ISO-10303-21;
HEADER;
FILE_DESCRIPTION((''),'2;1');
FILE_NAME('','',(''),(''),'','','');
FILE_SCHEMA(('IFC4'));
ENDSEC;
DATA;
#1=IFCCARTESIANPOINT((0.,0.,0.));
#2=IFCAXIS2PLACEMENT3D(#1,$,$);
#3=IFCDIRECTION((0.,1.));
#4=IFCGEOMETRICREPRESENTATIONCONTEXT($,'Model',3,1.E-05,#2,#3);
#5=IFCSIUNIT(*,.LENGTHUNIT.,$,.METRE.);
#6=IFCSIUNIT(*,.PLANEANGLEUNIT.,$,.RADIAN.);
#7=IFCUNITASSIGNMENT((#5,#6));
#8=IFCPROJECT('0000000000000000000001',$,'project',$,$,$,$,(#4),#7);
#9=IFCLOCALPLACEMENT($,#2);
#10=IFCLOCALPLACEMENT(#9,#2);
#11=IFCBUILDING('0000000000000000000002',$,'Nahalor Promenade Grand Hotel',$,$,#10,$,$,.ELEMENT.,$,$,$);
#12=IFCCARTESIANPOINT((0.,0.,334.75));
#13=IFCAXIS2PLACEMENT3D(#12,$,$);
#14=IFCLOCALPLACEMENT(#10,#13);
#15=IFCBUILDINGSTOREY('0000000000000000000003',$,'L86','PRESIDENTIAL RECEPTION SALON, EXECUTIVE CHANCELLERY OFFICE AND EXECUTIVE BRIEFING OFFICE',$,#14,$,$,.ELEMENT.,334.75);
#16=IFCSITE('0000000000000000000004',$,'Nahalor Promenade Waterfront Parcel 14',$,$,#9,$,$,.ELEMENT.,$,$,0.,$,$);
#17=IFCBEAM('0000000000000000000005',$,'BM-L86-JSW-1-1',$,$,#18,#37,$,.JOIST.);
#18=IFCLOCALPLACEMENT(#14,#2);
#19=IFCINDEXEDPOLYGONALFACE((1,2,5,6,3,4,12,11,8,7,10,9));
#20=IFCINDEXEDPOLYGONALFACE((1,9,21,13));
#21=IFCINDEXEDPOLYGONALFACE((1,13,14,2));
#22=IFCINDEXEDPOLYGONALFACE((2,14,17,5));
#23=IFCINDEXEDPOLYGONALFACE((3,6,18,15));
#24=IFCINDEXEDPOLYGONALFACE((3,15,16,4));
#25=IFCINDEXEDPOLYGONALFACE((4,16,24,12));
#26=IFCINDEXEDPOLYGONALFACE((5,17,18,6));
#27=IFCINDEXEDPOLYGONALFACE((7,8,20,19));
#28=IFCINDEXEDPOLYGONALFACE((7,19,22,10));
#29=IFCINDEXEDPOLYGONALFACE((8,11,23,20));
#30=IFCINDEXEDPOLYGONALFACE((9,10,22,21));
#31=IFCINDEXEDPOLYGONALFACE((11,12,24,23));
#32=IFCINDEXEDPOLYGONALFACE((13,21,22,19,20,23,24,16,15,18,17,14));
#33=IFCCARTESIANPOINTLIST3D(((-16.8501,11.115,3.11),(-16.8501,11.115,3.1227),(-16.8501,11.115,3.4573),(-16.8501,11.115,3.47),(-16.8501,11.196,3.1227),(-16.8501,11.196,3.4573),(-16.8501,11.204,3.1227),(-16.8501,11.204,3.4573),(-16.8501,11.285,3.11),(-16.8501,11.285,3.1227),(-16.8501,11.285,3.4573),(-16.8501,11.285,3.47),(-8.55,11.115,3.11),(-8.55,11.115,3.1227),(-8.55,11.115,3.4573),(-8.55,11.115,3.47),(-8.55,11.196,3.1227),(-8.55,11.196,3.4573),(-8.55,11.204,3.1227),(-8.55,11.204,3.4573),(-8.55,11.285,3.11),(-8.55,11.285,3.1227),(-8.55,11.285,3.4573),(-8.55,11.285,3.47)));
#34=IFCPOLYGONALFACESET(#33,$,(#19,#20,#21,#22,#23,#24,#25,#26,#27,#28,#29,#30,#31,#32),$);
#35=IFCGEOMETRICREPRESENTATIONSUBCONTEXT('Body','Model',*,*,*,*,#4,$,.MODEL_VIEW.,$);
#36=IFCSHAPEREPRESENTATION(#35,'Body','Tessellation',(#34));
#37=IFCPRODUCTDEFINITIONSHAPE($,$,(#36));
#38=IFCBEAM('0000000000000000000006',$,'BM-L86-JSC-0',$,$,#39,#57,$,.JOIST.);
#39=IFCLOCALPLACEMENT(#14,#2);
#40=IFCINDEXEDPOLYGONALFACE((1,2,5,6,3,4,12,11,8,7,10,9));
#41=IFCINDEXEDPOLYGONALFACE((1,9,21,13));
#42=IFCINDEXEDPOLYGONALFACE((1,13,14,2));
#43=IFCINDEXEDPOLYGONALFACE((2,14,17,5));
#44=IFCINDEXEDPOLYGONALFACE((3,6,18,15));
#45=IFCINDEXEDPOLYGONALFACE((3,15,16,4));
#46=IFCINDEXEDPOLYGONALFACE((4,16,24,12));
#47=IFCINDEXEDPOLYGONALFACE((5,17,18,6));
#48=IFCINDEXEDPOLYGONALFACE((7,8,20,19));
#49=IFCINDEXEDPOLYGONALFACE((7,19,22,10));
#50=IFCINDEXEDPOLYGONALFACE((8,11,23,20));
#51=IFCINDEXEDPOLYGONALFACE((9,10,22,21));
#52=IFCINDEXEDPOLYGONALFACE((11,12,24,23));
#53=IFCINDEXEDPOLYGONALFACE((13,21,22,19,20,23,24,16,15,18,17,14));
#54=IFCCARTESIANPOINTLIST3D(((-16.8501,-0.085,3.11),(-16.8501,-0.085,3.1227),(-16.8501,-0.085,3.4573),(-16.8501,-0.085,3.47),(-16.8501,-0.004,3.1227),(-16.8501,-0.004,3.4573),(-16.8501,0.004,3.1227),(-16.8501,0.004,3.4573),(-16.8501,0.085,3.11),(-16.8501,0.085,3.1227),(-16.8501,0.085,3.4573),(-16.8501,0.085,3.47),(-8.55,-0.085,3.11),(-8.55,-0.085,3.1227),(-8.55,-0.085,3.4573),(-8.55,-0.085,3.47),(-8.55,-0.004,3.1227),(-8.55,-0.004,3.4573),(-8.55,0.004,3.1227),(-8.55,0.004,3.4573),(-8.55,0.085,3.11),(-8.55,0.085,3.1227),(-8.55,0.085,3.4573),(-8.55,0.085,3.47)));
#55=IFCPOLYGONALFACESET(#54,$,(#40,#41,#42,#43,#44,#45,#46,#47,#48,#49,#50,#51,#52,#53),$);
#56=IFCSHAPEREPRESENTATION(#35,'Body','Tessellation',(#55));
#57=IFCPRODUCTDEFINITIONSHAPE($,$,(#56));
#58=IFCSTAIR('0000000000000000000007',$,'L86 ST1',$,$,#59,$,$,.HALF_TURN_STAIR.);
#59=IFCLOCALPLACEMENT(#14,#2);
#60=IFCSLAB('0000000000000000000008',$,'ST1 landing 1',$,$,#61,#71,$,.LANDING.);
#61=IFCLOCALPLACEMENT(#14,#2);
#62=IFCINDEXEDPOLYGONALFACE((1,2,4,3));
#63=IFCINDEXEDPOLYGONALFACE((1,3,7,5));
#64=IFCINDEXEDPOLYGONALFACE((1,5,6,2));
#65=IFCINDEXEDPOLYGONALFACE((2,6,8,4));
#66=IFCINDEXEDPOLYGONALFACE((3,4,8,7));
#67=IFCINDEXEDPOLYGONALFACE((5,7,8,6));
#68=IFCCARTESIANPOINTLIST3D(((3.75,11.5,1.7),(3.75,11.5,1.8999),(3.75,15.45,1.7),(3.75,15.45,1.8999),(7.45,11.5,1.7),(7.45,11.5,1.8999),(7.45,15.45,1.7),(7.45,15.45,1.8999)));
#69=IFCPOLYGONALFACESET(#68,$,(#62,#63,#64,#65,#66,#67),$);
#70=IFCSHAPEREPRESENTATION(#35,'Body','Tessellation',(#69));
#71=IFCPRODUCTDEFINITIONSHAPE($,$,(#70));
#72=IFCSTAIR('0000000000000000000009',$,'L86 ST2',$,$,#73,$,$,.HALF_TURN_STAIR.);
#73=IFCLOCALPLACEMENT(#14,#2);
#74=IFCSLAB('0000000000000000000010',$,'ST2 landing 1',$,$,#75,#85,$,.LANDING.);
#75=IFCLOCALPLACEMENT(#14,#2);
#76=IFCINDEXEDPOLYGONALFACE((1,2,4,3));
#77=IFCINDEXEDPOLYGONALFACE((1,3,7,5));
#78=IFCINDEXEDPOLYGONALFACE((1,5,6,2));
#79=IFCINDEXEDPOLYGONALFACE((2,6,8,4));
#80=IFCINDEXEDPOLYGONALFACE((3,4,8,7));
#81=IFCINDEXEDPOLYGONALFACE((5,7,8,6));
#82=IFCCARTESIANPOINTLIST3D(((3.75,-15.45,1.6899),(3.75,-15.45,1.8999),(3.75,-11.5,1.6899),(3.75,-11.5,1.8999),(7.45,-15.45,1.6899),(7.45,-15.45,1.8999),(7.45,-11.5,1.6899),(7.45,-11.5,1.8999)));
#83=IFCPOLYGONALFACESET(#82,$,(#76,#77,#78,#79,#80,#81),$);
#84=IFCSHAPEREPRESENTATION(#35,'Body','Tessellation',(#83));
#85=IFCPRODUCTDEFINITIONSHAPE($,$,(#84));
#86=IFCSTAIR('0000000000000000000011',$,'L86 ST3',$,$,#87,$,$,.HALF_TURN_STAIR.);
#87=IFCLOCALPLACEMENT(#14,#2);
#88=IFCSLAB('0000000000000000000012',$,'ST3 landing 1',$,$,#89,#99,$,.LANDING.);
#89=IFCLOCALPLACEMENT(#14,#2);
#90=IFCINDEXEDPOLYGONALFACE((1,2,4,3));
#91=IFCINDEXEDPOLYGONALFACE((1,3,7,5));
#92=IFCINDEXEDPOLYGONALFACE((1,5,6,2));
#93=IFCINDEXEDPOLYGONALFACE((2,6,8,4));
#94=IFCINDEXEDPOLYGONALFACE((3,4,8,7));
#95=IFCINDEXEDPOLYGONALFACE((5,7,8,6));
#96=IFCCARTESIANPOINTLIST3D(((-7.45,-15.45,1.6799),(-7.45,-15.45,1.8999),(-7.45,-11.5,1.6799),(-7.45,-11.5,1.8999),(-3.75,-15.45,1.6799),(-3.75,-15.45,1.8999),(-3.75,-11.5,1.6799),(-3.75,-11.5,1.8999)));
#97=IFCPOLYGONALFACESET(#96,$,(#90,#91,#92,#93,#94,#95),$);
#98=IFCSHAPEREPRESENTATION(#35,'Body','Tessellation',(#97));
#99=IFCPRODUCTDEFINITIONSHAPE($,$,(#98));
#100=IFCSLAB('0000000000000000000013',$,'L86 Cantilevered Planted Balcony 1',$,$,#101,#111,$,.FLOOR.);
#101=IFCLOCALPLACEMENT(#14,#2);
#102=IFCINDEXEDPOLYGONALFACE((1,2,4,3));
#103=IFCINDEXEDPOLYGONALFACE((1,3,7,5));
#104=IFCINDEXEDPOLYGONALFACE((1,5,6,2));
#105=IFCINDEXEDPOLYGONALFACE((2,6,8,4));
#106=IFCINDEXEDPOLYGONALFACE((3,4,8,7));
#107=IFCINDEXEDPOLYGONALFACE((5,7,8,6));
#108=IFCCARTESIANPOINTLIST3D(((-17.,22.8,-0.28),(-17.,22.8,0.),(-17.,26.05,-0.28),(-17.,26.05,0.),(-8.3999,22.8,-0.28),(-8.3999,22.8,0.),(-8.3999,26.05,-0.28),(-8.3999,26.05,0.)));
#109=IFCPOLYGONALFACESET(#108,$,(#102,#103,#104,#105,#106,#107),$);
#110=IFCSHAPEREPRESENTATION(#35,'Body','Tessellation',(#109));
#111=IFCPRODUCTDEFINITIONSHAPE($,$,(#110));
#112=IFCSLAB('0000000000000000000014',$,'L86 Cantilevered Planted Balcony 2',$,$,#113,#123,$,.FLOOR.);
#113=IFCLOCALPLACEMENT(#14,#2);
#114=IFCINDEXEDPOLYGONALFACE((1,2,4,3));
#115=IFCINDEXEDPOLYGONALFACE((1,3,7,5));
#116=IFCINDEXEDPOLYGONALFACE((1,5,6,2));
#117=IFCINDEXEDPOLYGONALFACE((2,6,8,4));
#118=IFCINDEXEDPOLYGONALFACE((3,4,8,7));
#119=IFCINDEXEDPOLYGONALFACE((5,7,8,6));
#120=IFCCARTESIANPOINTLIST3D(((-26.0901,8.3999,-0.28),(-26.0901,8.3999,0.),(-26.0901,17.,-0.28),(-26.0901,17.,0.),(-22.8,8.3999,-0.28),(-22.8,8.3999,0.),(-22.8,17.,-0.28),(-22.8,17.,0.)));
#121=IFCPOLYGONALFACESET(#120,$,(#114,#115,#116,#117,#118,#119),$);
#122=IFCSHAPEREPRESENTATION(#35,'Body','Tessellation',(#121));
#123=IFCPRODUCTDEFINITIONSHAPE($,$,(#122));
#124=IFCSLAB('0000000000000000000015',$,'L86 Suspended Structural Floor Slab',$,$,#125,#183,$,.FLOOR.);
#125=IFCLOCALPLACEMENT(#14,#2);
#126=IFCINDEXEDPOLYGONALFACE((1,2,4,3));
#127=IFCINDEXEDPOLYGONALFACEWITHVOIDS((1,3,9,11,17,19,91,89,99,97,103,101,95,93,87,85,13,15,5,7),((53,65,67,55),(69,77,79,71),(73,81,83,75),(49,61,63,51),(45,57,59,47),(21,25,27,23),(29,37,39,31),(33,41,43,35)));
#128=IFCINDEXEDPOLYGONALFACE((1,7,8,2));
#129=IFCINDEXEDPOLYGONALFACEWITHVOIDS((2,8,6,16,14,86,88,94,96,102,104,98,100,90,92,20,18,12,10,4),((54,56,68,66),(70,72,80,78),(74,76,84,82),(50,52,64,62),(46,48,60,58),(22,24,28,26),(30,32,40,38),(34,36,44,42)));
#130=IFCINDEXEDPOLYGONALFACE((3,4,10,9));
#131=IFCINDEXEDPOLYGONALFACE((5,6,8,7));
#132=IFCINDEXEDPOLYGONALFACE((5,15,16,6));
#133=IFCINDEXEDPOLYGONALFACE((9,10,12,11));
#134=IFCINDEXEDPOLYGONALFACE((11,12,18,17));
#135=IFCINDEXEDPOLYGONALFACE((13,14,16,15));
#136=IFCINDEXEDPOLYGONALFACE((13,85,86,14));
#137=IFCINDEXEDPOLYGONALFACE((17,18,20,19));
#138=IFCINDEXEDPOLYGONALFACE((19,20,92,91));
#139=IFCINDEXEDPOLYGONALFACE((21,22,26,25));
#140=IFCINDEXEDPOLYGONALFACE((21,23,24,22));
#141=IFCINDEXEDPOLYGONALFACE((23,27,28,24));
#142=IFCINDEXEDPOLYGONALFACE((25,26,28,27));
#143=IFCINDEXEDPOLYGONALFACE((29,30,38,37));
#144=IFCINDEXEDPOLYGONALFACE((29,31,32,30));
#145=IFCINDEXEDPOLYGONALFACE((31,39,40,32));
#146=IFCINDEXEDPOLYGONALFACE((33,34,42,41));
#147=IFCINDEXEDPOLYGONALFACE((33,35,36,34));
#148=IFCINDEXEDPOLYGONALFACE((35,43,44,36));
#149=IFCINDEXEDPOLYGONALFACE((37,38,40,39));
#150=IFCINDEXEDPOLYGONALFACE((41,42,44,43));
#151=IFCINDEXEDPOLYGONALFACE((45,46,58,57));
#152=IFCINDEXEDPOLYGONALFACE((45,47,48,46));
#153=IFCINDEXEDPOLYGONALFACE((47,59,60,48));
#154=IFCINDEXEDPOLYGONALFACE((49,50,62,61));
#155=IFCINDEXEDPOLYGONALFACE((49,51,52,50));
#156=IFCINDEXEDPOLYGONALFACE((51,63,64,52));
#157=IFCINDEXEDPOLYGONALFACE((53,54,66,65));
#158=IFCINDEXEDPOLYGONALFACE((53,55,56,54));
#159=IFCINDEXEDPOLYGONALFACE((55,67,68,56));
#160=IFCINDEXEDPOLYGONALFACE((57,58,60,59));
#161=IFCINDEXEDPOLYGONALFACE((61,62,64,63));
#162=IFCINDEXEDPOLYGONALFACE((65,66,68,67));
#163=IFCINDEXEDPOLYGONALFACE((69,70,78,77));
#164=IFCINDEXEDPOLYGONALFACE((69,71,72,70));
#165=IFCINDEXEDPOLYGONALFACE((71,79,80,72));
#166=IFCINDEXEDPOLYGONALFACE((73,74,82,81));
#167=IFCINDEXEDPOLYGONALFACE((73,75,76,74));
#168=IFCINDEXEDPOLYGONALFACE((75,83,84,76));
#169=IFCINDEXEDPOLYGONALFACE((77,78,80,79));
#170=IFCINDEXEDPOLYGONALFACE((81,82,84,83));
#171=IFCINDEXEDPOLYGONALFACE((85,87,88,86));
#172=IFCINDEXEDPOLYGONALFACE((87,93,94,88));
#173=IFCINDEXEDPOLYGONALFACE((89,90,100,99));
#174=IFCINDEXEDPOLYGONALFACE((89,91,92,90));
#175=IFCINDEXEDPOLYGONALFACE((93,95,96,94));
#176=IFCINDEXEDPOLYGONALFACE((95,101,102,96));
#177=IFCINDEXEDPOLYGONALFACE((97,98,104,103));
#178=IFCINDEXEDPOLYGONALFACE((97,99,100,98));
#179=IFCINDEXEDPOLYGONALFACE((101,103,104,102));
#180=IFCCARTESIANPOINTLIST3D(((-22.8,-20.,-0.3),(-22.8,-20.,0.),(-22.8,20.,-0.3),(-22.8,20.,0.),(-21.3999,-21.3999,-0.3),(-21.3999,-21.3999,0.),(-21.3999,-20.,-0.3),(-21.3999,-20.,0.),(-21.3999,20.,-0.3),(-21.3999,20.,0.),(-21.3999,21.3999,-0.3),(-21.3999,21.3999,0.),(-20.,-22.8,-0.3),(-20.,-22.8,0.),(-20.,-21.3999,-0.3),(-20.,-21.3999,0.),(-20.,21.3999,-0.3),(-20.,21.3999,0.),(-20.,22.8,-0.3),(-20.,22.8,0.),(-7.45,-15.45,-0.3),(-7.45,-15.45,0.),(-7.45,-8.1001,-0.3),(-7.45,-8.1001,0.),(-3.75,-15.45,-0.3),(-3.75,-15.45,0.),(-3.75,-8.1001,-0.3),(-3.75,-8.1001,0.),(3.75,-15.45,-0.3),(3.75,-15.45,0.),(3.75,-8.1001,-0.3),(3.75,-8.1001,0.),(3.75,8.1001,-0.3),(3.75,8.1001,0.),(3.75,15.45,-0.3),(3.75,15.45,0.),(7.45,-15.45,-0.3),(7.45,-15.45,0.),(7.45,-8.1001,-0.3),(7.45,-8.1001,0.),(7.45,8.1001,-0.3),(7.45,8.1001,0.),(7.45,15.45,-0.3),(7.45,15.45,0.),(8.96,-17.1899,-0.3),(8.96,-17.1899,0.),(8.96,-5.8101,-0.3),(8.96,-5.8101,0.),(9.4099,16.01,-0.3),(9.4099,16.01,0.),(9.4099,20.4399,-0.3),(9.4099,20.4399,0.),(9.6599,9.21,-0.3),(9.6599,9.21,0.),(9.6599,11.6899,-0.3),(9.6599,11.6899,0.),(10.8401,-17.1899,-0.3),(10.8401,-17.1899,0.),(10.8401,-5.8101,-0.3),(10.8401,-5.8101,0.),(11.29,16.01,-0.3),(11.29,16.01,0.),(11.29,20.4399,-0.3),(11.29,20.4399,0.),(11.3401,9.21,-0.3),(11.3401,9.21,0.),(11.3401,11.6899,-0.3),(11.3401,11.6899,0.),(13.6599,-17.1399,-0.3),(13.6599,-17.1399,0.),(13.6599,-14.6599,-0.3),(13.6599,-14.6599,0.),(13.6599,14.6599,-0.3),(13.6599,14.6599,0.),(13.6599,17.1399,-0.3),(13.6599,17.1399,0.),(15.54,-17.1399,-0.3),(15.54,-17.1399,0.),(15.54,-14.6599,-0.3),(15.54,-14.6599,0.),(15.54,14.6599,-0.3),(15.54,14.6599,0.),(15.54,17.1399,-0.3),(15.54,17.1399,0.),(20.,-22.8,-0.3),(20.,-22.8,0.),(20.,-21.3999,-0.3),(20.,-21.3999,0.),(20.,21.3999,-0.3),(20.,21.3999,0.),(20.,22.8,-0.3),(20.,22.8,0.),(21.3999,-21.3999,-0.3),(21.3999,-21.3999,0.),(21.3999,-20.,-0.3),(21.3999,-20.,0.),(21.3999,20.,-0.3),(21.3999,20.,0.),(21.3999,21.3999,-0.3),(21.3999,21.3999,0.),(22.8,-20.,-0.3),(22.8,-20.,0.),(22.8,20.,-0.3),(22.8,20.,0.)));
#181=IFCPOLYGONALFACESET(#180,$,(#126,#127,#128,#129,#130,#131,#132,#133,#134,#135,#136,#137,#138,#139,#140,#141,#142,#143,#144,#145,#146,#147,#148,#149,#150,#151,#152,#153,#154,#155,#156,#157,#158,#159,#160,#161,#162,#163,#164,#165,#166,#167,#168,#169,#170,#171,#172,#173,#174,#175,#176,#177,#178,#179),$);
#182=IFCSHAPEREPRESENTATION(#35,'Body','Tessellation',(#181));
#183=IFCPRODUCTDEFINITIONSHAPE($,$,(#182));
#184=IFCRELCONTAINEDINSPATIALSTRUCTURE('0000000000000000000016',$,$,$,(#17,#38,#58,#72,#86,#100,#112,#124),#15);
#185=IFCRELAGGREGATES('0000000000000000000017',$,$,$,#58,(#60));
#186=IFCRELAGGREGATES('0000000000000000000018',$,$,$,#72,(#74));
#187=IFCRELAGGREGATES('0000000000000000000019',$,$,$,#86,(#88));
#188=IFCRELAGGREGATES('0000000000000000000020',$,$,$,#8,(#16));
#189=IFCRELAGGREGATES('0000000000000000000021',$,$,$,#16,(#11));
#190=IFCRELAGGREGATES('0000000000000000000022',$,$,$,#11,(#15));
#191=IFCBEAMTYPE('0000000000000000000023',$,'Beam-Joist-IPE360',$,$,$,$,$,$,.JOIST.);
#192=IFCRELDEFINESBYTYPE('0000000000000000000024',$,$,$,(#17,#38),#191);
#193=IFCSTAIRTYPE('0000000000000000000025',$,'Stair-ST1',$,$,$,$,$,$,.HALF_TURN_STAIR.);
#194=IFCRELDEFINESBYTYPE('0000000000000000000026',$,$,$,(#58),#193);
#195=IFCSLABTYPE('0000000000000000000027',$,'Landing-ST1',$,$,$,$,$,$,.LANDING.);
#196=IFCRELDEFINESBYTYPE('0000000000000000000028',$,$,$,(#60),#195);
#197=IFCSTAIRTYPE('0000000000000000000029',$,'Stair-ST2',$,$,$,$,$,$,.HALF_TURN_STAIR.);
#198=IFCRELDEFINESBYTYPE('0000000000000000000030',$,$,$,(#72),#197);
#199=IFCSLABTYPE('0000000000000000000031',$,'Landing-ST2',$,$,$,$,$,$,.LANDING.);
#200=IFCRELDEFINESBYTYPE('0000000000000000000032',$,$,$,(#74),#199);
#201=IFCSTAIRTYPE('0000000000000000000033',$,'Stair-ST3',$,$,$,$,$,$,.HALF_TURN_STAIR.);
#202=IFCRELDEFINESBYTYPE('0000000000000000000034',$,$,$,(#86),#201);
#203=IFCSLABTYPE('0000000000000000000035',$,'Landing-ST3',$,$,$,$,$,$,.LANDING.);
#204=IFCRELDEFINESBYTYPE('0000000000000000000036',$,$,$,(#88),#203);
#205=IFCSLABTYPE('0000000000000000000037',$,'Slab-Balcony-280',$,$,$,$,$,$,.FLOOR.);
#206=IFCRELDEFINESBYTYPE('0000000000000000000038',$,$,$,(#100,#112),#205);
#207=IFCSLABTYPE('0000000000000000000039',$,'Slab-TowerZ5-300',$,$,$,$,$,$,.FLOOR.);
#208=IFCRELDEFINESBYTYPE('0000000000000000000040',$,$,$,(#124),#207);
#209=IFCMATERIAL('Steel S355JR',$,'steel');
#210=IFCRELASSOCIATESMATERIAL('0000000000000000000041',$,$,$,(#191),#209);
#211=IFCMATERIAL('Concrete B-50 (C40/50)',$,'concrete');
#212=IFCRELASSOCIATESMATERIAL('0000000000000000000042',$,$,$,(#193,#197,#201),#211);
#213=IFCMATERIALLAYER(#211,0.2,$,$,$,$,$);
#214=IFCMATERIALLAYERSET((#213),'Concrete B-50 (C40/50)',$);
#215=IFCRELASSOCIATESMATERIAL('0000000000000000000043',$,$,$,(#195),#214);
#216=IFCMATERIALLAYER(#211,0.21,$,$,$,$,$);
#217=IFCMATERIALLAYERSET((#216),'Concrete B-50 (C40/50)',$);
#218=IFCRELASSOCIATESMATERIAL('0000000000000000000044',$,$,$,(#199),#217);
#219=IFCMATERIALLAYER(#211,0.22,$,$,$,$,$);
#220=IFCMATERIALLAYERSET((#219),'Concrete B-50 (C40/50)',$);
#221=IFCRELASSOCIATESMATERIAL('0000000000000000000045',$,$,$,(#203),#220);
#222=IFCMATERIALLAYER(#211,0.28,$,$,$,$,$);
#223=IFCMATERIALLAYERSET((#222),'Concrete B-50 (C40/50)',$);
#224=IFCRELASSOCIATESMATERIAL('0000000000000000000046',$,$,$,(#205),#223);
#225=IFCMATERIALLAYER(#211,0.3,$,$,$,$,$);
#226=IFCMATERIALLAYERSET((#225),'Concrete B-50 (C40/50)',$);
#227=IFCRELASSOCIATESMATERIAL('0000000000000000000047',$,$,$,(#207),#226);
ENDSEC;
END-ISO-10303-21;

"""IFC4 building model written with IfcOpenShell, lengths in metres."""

from ifc_helpers import new_model, si_unit, direction, frame, origin, origin_2d, place, context, subcontext, project, spatial, polyline, i_section, outline, extrude, source, transform, mapped, material, layer, layer_set, material_profile, profile_set, type_object, element, aggregate, save


model = new_model("IFC4")

# Units and contexts
model_context = context("Model", 3, precision=1e-05, world=origin(), true_north=direction((0.0, 1.0)))
body_context = subcontext(model_context, "Body", "Model", "MODEL_VIEW")
ifc_project = project(units=[si_unit("LENGTHUNIT", "METRE"), si_unit("PLANEANGLEUNIT", "RADIAN")], contexts=[model_context])

# Site, building, storey
site_placement = place(None, origin())
site = spatial("IfcSite", under=ifc_project, at=site_placement, Name="Nahalor Promenade Waterfront Parcel 14", CompositionType="ELEMENT", RefElevation=0.0)
building_placement = place(site_placement, origin())
building = spatial("IfcBuilding", under=site, at=building_placement, Name="Nahalor Promenade Grand Hotel", CompositionType="ELEMENT")
storey_placement = place(building_placement, frame((0.0, 0.0, 334.75)))
storey = spatial("IfcBuildingStorey", under=building, at=storey_placement, Name="L86", Description="PRESIDENTIAL RECEPTION SALON, EXECUTIVE CHANCELLERY OFFICE AND EXECUTIVE BRIEFING OFFICE", CompositionType="ELEMENT", Elevation=334.75)

# Shared definitions
ifc_material_1 = material(Name="Concrete B-50 (C40/50)", Category="concrete")

# Beams
ifc_material_2 = material(Name="Steel S355JR", Category="steel")
ifc_material_profile_1 = material_profile(ifc_material_2, i_section(OverallWidth=0.17, OverallDepth=0.36, WebThickness=0.008, FlangeThickness=0.0127, at=origin_2d()), Name="IPE 360")
ifc_profile_set_1 = profile_set([ifc_material_profile_1], Name="Steel S355JR")
beam_type_1 = type_object("IfcBeamType", Name="Beam-Joist-IPE360", PredefinedType="JOIST", material=ifc_profile_set_1)
shared_shape_1 = source(origin(), body_context, "Body", "SweptSolid", [
    extrude(i_section(OverallWidth=0.17, OverallDepth=0.36, WebThickness=0.008, FlangeThickness=0.0127, at=origin_2d()), origin(), (0.0, 0.0, 1.0), 8.3),
])
for number, where, z_axis, x_axis, name in (
    (1, (-16.8501, 11.2, 3.29), (1.0, 0.0, 0.0), (0.0, 1.0, 0.0), "BM-L86-JSW-1-1"),
    (2, (-16.8501, 0.0, 3.29), (1.0, 0.0, 0.0), (0.0, 1.0, 0.0), "BM-L86-JSC-0"),
):
    element("IfcBeam", number, at=place(storey_placement, frame(where, z_axis=z_axis, x_axis=x_axis)), inside=storey, type_object=beam_type_1, Name=name, PredefinedType="JOIST", context=body_context, shape_type="MappedRepresentation", body=[
        mapped(shared_shape_1, transform((0.0, 0.0, 0.0), scale=1.0)),
    ])

# Stairs, slabs
stair_type_1 = type_object("IfcStairType", Name="Stair-ST1", PredefinedType="HALF_TURN_STAIR", material=ifc_material_1)
stair_1_placement = place(storey_placement, origin())
stair_1 = element("IfcStair", 3, at=stair_1_placement, inside=storey, type_object=stair_type_1, Name="L86 ST1", PredefinedType="HALF_TURN_STAIR")
ifc_layer_1 = layer(ifc_material_1, 0.2)
ifc_layer_set_1 = layer_set([ifc_layer_1], Name="Concrete B-50 (C40/50)")
slab_type_1 = type_object("IfcSlabType", Name="Landing-ST1", PredefinedType="LANDING", material=ifc_layer_set_1)
slab_1_placement = place(storey_placement, frame((0.0, 0.0, 1.7)))
slab_1 = element("IfcSlab", 4, at=slab_1_placement, type_object=slab_type_1, Name="ST1 landing 1", PredefinedType="LANDING", context=body_context, shape_type="SweptSolid", body=[
    extrude(outline(polyline([(7.45, 11.5), (7.45, 15.45), (3.75, 15.45), (3.75, 11.5), (7.45, 11.5)])), origin(), (0.0, 0.0, 1.0), 0.2),
])
aggregate(stair_1, [slab_1])
stair_type_2 = type_object("IfcStairType", Name="Stair-ST2", PredefinedType="HALF_TURN_STAIR", material=ifc_material_1)
stair_2_placement = place(storey_placement, origin())
stair_2 = element("IfcStair", 5, at=stair_2_placement, inside=storey, type_object=stair_type_2, Name="L86 ST2", PredefinedType="HALF_TURN_STAIR")
ifc_layer_2 = layer(ifc_material_1, 0.21)
ifc_layer_set_2 = layer_set([ifc_layer_2], Name="Concrete B-50 (C40/50)")
slab_type_2 = type_object("IfcSlabType", Name="Landing-ST2", PredefinedType="LANDING", material=ifc_layer_set_2)
slab_2_placement = place(storey_placement, frame((0.0, 0.0, 1.6899)))
slab_2 = element("IfcSlab", 6, at=slab_2_placement, type_object=slab_type_2, Name="ST2 landing 1", PredefinedType="LANDING", context=body_context, shape_type="SweptSolid", body=[
    extrude(outline(polyline([(3.75, -11.5), (3.75, -15.45), (7.45, -15.45), (7.45, -11.5), (3.75, -11.5)])), origin(), (0.0, 0.0, 1.0), 0.21),
])
aggregate(stair_2, [slab_2])
stair_type_3 = type_object("IfcStairType", Name="Stair-ST3", PredefinedType="HALF_TURN_STAIR", material=ifc_material_1)
stair_3_placement = place(storey_placement, origin())
stair_3 = element("IfcStair", 7, at=stair_3_placement, inside=storey, type_object=stair_type_3, Name="L86 ST3", PredefinedType="HALF_TURN_STAIR")
ifc_layer_3 = layer(ifc_material_1, 0.22)
ifc_layer_set_3 = layer_set([ifc_layer_3], Name="Concrete B-50 (C40/50)")
slab_type_3 = type_object("IfcSlabType", Name="Landing-ST3", PredefinedType="LANDING", material=ifc_layer_set_3)
slab_3_placement = place(storey_placement, frame((0.0, 0.0, 1.6799)))
slab_3 = element("IfcSlab", 8, at=slab_3_placement, type_object=slab_type_3, Name="ST3 landing 1", PredefinedType="LANDING", context=body_context, shape_type="SweptSolid", body=[
    extrude(outline(polyline([(-7.45, -11.5), (-7.45, -15.45), (-3.75, -15.45), (-3.75, -11.5), (-7.45, -11.5)])), origin(), (0.0, 0.0, 1.0), 0.22),
])
aggregate(stair_3, [slab_3])

# Slabs
ifc_layer_4 = layer(ifc_material_1, 0.28)
ifc_layer_set_4 = layer_set([ifc_layer_4], Name="Concrete B-50 (C40/50)")
slab_type_4 = type_object("IfcSlabType", Name="Slab-Balcony-280", PredefinedType="FLOOR", material=ifc_layer_set_4)
slab_4_placement = place(storey_placement, frame((0.0, 0.0, -0.28)))
element("IfcSlab", 9, at=slab_4_placement, inside=storey, type_object=slab_type_4, Name="L86 Cantilevered Planted Balcony 1", PredefinedType="FLOOR", context=body_context, shape_type="SweptSolid", body=[
    extrude(outline(polyline([(-17.0, 22.8), (-8.3999, 22.8), (-8.3999, 26.05), (-17.0, 26.05), (-17.0, 22.8)])), origin(), (0.0, 0.0, 1.0), 0.28),
])
slab_5_placement = place(storey_placement, frame((0.0, 0.0, -0.28)))
element("IfcSlab", 10, at=slab_5_placement, inside=storey, type_object=slab_type_4, Name="L86 Cantilevered Planted Balcony 2", PredefinedType="FLOOR", context=body_context, shape_type="SweptSolid", body=[
    extrude(outline(polyline([(-26.0901, 8.3999), (-22.8, 8.3999), (-22.8, 17.0), (-26.0901, 17.0), (-26.0901, 8.3999)])), origin(), (0.0, 0.0, 1.0), 0.28),
])
ifc_layer_5 = layer(ifc_material_1, 0.3)
ifc_layer_set_5 = layer_set([ifc_layer_5], Name="Concrete B-50 (C40/50)")
slab_type_5 = type_object("IfcSlabType", Name="Slab-TowerZ5-300", PredefinedType="FLOOR", material=ifc_layer_set_5)
slab_6_placement = place(storey_placement, frame((0.0, 0.0, -0.3)))
element("IfcSlab", 11, at=slab_6_placement, inside=storey, type_object=slab_type_5, Name="L86 Suspended Structural Floor Slab", PredefinedType="FLOOR", context=body_context, shape_type="SweptSolid", body=[
    extrude(outline(polyline([(-20.0, -22.8), (20.0, -22.8), (20.0, -21.3999), (21.3999, -21.3999), (21.3999, -20.0), (22.8, -20.0), (22.8, 20.0), (21.3999, 20.0), (21.3999, 21.3999), (20.0, 21.3999), (20.0, 22.8), (-20.0, 22.8), (-20.0, 21.3999), (-21.3999, 21.3999), (-21.3999, 20.0), (-22.8, 20.0), (-22.8, -20.0), (-21.3999, -20.0), (-21.3999, -21.3999), (-20.0, -21.3999), (-20.0, -22.8)]), holes=[polyline([(3.75, 8.1001), (7.45, 8.1001), (7.45, 15.45), (3.75, 15.45), (3.75, 8.1001)]), polyline([(3.75, -15.45), (7.45, -15.45), (7.45, -8.1001), (3.75, -8.1001), (3.75, -15.45)]), polyline([(-7.45, -15.45), (-3.75, -15.45), (-3.75, -8.1001), (-7.45, -8.1001), (-7.45, -15.45)]), polyline([(8.96, -17.1899), (10.8401, -17.1899), (10.8401, -5.8101), (8.96, -5.8101), (8.96, -17.1899)]), polyline([(9.4099, 16.01), (11.29, 16.01), (11.29, 20.4399), (9.4099, 20.4399), (9.4099, 16.01)]), polyline([(9.6599, 9.21), (11.3401, 9.21), (11.3401, 11.6899), (9.6599, 11.6899), (9.6599, 9.21)]), polyline([(13.6599, 14.6599), (15.54, 14.6599), (15.54, 17.1399), (13.6599, 17.1399), (13.6599, 14.6599)]), polyline([(13.6599, -17.1399), (15.54, -17.1399), (15.54, -14.6599), (13.6599, -14.6599), (13.6599, -17.1399)])]), origin(), (0.0, 0.0, 1.0), 0.3),
])

save(model, "model.ifc")
